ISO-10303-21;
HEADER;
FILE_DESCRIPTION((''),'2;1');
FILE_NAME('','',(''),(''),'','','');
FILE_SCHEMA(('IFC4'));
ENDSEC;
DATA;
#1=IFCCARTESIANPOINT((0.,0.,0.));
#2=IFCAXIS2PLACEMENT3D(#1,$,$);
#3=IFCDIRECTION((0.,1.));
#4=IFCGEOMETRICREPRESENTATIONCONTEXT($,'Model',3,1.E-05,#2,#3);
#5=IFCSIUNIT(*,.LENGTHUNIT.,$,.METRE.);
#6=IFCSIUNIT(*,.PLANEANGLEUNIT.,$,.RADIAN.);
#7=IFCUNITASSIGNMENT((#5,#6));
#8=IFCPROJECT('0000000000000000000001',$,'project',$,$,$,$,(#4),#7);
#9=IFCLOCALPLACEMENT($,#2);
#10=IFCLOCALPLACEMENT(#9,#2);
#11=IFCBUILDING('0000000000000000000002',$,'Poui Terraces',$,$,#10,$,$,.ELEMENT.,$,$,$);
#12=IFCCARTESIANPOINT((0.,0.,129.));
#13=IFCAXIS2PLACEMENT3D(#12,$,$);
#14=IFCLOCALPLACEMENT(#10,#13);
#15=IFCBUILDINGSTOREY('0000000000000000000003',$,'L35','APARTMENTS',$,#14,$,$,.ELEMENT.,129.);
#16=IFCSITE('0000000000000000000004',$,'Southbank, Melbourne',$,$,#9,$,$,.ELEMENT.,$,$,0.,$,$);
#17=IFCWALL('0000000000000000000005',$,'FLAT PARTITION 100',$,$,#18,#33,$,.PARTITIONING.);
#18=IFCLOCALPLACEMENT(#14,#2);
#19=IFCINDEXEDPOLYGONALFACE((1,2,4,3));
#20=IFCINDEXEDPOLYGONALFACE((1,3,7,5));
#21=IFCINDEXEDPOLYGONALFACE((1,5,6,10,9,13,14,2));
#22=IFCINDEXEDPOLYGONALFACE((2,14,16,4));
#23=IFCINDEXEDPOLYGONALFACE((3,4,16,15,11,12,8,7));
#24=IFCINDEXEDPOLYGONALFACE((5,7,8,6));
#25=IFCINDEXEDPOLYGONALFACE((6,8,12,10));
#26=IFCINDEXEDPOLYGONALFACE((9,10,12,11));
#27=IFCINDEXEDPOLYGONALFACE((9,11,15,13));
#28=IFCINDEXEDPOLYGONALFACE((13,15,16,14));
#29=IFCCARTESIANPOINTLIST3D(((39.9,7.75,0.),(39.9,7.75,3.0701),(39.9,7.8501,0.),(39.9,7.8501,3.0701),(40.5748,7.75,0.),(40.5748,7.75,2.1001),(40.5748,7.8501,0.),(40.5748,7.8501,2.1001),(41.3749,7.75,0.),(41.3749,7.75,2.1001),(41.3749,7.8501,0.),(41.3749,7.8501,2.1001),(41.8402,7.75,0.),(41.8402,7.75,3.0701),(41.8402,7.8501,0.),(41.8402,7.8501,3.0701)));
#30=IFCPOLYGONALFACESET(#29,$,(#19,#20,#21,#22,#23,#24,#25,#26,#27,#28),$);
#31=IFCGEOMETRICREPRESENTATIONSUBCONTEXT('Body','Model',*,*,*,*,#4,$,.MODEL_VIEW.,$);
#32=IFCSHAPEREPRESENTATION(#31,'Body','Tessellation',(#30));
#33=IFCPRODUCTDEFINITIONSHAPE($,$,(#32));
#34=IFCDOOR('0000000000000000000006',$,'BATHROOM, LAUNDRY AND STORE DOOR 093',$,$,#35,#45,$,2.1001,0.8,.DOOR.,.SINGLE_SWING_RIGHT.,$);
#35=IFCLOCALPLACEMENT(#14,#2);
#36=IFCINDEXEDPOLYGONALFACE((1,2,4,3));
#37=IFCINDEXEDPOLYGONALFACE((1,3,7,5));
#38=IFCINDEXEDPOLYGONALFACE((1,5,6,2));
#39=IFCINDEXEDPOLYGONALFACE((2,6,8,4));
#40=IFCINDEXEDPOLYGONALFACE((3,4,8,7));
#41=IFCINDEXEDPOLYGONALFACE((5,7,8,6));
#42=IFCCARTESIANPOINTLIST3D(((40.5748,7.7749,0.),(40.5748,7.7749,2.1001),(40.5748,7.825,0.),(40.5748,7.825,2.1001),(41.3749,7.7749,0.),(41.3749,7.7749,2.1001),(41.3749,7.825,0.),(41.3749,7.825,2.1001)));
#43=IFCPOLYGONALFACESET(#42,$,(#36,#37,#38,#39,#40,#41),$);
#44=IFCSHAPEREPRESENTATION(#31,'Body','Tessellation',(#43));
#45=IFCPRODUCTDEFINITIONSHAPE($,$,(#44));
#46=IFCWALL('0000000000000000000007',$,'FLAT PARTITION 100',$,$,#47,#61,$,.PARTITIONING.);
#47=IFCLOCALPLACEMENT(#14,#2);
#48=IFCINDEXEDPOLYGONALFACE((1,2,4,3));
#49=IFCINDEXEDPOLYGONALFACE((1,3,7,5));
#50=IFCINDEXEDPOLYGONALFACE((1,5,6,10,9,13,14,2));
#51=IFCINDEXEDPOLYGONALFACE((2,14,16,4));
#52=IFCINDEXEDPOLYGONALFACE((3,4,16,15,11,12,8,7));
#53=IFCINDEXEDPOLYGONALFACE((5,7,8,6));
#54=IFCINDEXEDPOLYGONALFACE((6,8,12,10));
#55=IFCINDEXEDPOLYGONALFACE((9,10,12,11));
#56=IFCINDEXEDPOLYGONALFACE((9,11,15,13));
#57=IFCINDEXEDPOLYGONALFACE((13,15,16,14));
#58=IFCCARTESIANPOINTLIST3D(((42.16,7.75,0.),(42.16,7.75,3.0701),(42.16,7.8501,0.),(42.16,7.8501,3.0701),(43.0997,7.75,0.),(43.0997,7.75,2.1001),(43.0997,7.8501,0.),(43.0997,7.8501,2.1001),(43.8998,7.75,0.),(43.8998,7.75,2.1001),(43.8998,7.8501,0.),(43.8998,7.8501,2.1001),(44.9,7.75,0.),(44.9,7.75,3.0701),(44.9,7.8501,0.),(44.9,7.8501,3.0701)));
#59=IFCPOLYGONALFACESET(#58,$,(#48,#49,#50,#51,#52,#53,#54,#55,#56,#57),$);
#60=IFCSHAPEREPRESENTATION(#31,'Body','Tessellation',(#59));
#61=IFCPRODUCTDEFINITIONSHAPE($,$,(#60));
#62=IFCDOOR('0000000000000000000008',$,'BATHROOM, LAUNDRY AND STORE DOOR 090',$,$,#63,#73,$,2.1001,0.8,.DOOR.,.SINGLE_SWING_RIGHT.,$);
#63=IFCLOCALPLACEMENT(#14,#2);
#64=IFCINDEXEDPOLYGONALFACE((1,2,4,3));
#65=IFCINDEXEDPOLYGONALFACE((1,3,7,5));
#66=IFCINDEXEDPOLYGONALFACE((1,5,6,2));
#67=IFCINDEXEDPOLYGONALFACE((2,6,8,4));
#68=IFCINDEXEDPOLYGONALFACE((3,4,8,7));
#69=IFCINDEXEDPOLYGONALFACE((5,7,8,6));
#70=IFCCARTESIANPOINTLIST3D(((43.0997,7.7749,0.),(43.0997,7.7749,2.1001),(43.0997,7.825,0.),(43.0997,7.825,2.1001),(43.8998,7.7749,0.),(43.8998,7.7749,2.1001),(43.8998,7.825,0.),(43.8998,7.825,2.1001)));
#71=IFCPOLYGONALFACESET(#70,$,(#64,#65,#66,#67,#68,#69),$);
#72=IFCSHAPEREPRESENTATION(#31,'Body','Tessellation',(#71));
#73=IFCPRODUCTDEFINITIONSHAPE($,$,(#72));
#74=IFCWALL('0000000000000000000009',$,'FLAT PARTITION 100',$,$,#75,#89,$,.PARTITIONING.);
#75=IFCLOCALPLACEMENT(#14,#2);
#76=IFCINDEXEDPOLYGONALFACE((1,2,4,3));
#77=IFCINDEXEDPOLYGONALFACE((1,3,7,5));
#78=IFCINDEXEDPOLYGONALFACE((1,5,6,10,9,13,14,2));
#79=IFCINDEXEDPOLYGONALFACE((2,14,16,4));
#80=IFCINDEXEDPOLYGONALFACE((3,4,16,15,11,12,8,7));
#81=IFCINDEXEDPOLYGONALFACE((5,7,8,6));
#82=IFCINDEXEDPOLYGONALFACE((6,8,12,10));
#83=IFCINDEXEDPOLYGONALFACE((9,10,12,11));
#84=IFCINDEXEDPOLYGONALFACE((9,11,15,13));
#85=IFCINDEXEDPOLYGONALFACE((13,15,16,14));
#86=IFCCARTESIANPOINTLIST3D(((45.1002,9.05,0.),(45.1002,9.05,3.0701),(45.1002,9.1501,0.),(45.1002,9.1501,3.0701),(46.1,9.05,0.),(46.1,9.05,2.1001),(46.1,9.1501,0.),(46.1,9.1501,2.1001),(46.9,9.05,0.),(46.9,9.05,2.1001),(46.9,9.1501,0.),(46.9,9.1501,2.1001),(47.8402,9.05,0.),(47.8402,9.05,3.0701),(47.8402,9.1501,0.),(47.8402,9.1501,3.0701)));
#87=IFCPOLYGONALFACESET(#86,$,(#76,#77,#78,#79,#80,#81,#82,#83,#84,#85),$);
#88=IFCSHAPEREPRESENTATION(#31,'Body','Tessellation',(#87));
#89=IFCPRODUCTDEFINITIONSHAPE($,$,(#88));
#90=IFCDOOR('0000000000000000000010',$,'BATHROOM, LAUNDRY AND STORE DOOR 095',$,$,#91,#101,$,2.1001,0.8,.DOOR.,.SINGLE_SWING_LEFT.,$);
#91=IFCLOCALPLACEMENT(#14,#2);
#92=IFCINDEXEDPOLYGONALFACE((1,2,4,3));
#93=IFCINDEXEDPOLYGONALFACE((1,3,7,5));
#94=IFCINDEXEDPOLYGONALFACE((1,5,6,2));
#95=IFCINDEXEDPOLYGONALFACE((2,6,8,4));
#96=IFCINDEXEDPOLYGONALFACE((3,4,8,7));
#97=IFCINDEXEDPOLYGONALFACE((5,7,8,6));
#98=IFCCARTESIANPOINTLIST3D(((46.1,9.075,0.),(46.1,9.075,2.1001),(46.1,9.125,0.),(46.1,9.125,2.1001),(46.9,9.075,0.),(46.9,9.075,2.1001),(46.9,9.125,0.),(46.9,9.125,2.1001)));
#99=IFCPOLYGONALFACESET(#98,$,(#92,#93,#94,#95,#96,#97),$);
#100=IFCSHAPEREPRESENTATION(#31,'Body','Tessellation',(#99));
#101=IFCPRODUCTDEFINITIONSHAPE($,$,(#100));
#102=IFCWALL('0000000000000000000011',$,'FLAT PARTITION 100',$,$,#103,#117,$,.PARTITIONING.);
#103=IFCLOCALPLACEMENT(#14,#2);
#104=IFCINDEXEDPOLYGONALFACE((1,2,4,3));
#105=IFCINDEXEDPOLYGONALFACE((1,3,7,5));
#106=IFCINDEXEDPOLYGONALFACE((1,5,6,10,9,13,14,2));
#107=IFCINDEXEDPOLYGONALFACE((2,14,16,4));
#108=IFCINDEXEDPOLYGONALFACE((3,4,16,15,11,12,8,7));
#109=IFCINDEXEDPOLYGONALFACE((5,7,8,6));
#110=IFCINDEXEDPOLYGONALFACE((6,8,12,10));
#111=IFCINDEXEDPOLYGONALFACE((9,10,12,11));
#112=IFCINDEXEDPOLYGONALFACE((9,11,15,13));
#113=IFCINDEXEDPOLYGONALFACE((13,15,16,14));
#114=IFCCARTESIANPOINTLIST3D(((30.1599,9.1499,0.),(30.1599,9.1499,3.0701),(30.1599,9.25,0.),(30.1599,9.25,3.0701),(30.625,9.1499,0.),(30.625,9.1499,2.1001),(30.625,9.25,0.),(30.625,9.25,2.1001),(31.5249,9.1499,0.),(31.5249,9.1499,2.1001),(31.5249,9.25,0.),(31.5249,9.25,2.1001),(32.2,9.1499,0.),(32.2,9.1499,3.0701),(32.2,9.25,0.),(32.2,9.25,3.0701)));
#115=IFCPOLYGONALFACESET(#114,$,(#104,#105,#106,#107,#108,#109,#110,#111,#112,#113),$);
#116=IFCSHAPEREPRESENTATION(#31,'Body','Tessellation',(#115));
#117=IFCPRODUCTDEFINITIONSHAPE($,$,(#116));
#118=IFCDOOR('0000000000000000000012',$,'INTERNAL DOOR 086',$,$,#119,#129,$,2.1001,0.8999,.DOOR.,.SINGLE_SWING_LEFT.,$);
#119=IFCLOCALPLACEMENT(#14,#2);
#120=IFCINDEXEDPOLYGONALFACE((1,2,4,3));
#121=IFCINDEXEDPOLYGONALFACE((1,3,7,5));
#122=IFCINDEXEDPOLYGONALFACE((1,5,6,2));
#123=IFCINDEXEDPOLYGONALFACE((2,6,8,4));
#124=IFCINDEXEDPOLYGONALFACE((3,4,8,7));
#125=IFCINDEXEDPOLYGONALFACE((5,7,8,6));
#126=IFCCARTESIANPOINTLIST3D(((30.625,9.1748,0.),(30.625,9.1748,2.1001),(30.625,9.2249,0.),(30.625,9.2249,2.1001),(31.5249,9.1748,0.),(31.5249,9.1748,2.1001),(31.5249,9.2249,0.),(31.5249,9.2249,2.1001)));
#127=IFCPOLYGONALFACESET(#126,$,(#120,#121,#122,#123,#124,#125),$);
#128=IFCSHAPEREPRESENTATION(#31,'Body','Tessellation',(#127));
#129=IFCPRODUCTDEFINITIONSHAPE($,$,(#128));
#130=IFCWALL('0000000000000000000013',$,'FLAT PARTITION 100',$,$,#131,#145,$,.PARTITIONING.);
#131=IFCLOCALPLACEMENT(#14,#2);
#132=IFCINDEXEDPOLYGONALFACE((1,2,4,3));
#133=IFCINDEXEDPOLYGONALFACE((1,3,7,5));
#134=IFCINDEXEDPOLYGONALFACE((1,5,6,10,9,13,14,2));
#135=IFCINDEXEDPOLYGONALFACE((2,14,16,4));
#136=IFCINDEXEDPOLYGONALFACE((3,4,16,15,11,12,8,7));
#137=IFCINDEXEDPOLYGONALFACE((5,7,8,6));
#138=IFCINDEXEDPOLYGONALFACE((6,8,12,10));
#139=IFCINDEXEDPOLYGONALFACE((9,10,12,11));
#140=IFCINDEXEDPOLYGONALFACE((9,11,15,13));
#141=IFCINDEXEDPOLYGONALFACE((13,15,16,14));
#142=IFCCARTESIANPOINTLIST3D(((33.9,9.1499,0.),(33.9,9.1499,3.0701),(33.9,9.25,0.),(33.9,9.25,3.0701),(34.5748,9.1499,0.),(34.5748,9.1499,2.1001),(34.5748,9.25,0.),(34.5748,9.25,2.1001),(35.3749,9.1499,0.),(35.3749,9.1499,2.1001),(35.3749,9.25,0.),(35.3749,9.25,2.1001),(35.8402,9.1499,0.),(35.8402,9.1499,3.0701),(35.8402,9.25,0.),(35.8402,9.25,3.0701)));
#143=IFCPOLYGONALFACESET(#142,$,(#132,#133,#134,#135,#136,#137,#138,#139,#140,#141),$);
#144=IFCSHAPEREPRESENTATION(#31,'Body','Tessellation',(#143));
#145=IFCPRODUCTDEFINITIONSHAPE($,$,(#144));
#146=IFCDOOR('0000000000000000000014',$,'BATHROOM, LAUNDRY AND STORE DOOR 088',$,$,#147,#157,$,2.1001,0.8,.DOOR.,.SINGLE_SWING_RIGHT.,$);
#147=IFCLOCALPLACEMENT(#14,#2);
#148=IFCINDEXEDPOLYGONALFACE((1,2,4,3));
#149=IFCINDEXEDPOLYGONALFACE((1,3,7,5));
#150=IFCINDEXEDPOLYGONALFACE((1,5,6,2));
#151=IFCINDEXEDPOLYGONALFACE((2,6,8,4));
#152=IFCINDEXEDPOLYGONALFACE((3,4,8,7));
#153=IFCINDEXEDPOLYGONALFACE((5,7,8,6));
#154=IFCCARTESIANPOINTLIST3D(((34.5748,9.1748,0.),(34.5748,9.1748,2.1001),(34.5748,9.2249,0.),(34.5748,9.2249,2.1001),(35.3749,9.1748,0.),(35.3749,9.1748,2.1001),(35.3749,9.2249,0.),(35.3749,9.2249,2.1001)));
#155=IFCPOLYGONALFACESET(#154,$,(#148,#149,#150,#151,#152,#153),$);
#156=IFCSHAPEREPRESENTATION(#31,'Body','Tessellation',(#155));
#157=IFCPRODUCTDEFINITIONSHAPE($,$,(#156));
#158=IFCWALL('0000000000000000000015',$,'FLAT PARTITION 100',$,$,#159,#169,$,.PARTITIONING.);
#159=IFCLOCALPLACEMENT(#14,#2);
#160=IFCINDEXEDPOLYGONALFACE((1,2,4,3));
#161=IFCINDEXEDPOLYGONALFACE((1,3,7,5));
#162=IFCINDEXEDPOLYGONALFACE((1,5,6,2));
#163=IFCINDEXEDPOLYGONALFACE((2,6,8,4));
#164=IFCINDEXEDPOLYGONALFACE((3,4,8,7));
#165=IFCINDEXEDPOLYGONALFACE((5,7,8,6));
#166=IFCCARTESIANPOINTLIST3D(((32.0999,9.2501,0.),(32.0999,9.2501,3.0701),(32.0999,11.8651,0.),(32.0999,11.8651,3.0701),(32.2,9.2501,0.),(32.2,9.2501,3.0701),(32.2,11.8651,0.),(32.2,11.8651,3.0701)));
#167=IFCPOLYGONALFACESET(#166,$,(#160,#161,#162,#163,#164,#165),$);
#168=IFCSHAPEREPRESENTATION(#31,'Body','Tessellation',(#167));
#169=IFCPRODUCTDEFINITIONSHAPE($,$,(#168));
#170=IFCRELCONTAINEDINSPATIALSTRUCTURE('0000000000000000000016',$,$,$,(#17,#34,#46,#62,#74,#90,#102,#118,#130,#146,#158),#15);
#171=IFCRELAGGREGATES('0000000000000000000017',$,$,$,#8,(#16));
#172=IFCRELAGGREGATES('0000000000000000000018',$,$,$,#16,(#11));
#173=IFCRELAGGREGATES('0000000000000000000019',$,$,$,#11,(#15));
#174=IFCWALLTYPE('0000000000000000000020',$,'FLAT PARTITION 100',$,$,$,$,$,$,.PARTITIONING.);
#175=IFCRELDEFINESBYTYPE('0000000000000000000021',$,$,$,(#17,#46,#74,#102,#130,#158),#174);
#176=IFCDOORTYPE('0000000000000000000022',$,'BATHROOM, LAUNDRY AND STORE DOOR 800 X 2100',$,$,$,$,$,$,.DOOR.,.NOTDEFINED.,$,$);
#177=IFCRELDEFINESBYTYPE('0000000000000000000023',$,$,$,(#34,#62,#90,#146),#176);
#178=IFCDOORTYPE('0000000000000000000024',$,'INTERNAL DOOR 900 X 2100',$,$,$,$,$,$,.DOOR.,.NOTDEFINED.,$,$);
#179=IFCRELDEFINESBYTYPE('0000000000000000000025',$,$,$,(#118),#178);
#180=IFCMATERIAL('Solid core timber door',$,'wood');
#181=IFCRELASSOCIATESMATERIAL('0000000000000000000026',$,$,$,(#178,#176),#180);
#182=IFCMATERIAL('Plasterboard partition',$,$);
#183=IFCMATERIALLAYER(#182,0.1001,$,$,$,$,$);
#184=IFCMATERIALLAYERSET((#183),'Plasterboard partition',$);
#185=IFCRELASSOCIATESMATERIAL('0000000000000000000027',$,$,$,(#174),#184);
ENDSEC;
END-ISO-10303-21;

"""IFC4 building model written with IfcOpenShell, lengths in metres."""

from ifc_helpers import new_model, si_unit, direction, frame, frame_2d, origin, place, context, subcontext, project, spatial, rectangle, extrude, material, layer, layer_set, type_object, element, fill, save


model = new_model("IFC4")

# Units and contexts
model_context = context("Model", 3, precision=1e-05, world=origin(), true_north=direction((0.0, 1.0)))
body_context = subcontext(model_context, "Body", "Model", "MODEL_VIEW")
ifc_project = project(units=[si_unit("LENGTHUNIT", "METRE"), si_unit("PLANEANGLEUNIT", "RADIAN")], contexts=[model_context])

# Site, building, storey
site_placement = place(None, origin())
site = spatial("IfcSite", under=ifc_project, at=site_placement, Name="Southbank, Melbourne", CompositionType="ELEMENT", RefElevation=0.0)
building_placement = place(site_placement, origin())
building = spatial("IfcBuilding", under=site, at=building_placement, Name="Poui Terraces", CompositionType="ELEMENT")
storey_placement = place(building_placement, frame((0.0, 0.0, 129.0)))
storey = spatial("IfcBuildingStorey", under=building, at=storey_placement, Name="L35", Description="APARTMENTS", CompositionType="ELEMENT", Elevation=129.0)

# Shared definitions
ifc_material_1 = material(Name="Solid core timber door", Category="wood")
door_type_1 = type_object("IfcDoorType", Name="INTERNAL DOOR 900 X 2100", OperationType="NOTDEFINED", PredefinedType="DOOR", material=ifc_material_1)

# Walls, openings, doors
ifc_material_2 = material(Name="Plasterboard partition")
ifc_layer_1 = layer(ifc_material_2, 0.1001)
ifc_layer_set_1 = layer_set([ifc_layer_1], Name="Plasterboard partition")
wall_type_1 = type_object("IfcWallType", Name="FLAT PARTITION 100", PredefinedType="PARTITIONING", material=ifc_layer_set_1)
wall_1_placement = place(storey_placement, frame((39.8999, 7.8, 0.0), z_axis=(0.0, 0.0, 1.0), x_axis=(1.0, 0.0, 0.0)))
wall_1 = element("IfcWall", 1, at=wall_1_placement, inside=storey, type_object=wall_type_1, Name="FLAT PARTITION 100", PredefinedType="PARTITIONING", context=body_context, shape_type="SweptSolid", body=[
    extrude(rectangle(XDim=1.9402, YDim=0.1001, at=frame_2d((0.9702, 0.0))), origin(), (0.0, 0.0, 1.0), 3.0701),
])
opening_1_placement = place(wall_1_placement, frame((0.675, 0.0, 0.0)))
opening_1 = element("IfcOpeningElement", 2, at=opening_1_placement, cuts=wall_1, PredefinedType="OPENING", context=body_context, shape_type="SweptSolid", body=[
    extrude(rectangle(XDim=0.8, YDim=2.1001, at=frame_2d((0.3999, 1.05))), frame((0.0, 0.0601, 0.0), z_axis=(0.0, -1.0, 0.0), x_axis=(1.0, 0.0, 0.0)), (0.0, 0.0, 1.0), 0.1201),
])
door_type_2 = type_object("IfcDoorType", Name="BATHROOM, LAUNDRY AND STORE DOOR 800 X 2100", OperationType="NOTDEFINED", PredefinedType="DOOR", material=ifc_material_1)
door_1_placement = place(opening_1_placement, origin())
door_1 = element("IfcDoor", 3, at=door_1_placement, inside=storey, type_object=door_type_2, Name="BATHROOM, LAUNDRY AND STORE DOOR 093", OperationType="SINGLE_SWING_RIGHT", OverallHeight=2.1001, OverallWidth=0.8, PredefinedType="DOOR", context=body_context, shape_type="SweptSolid", body=[
    extrude(rectangle(XDim=0.8, YDim=2.1001, at=frame_2d((0.3999, 1.05))), frame((0.0, 0.0249, 0.0), z_axis=(0.0, -1.0, 0.0), x_axis=(1.0, 0.0, 0.0)), (0.0, 0.0, 1.0), 0.05),
])
fill(opening_1, door_1)
wall_2_placement = place(storey_placement, frame((42.1599, 7.8, 0.0), z_axis=(0.0, 0.0, 1.0), x_axis=(1.0, 0.0, 0.0)))
wall_2 = element("IfcWall", 4, at=wall_2_placement, inside=storey, type_object=wall_type_1, Name="FLAT PARTITION 100", PredefinedType="PARTITIONING", context=body_context, shape_type="SweptSolid", body=[
    extrude(rectangle(XDim=2.74, YDim=0.1001, at=frame_2d((1.3701, 0.0))), origin(), (0.0, 0.0, 1.0), 3.0701),
])
opening_2_placement = place(wall_2_placement, frame((0.9399, 0.0, 0.0)))
opening_2 = element("IfcOpeningElement", 5, at=opening_2_placement, cuts=wall_2, PredefinedType="OPENING", context=body_context, shape_type="SweptSolid", body=[
    extrude(rectangle(XDim=0.8, YDim=2.1001, at=frame_2d((0.3999, 1.05))), frame((0.0, 0.0601, 0.0), z_axis=(0.0, -1.0, 0.0), x_axis=(1.0, 0.0, 0.0)), (0.0, 0.0, 1.0), 0.1201),
])
door_2_placement = place(opening_2_placement, origin())
door_2 = element("IfcDoor", 6, at=door_2_placement, inside=storey, type_object=door_type_2, Name="BATHROOM, LAUNDRY AND STORE DOOR 090", OperationType="SINGLE_SWING_RIGHT", OverallHeight=2.1001, OverallWidth=0.8, PredefinedType="DOOR", context=body_context, shape_type="SweptSolid", body=[
    extrude(rectangle(XDim=0.8, YDim=2.1001, at=frame_2d((0.3999, 1.05))), frame((0.0, 0.0249, 0.0), z_axis=(0.0, -1.0, 0.0), x_axis=(1.0, 0.0, 0.0)), (0.0, 0.0, 1.0), 0.05),
])
fill(opening_2, door_2)
wall_3_placement = place(storey_placement, frame((45.1001, 9.1001, 0.0), z_axis=(0.0, 0.0, 1.0), x_axis=(1.0, 0.0, 0.0)))
wall_3 = element("IfcWall", 7, at=wall_3_placement, inside=storey, type_object=wall_type_1, Name="FLAT PARTITION 100", PredefinedType="PARTITIONING", context=body_context, shape_type="SweptSolid", body=[
    extrude(rectangle(XDim=2.74, YDim=0.1001, at=frame_2d((1.3701, 0.0))), origin(), (0.0, 0.0, 1.0), 3.0701),
])
opening_3_placement = place(wall_3_placement, frame((1.0, 0.0, 0.0)))
opening_3 = element("IfcOpeningElement", 8, at=opening_3_placement, cuts=wall_3, PredefinedType="OPENING", context=body_context, shape_type="SweptSolid", body=[
    extrude(rectangle(XDim=0.8, YDim=2.1001, at=frame_2d((0.3999, 1.05))), frame((0.0, 0.0601, 0.0), z_axis=(0.0, -1.0, 0.0), x_axis=(1.0, 0.0, 0.0)), (0.0, 0.0, 1.0), 0.1201),
])
door_3_placement = place(opening_3_placement, origin())
door_3 = element("IfcDoor", 9, at=door_3_placement, inside=storey, type_object=door_type_2, Name="BATHROOM, LAUNDRY AND STORE DOOR 095", OperationType="SINGLE_SWING_LEFT", OverallHeight=2.1001, OverallWidth=0.8, PredefinedType="DOOR", context=body_context, shape_type="SweptSolid", body=[
    extrude(rectangle(XDim=0.8, YDim=2.1001, at=frame_2d((0.3999, 1.05))), frame((0.0, 0.0249, 0.0), z_axis=(0.0, -1.0, 0.0), x_axis=(1.0, 0.0, 0.0)), (0.0, 0.0, 1.0), 0.05),
])
fill(opening_3, door_3)
wall_4_placement = place(storey_placement, frame((30.1599, 9.2, 0.0), z_axis=(0.0, 0.0, 1.0), x_axis=(1.0, 0.0, 0.0)))
wall_4 = element("IfcWall", 10, at=wall_4_placement, inside=storey, type_object=wall_type_1, Name="FLAT PARTITION 100", PredefinedType="PARTITIONING", context=body_context, shape_type="SweptSolid", body=[
    extrude(rectangle(XDim=2.04, YDim=0.1001, at=frame_2d((1.02, 0.0))), origin(), (0.0, 0.0, 1.0), 3.0701),
])
opening_4_placement = place(wall_4_placement, frame((0.4651, 0.0, 0.0)))
opening_4 = element("IfcOpeningElement", 11, at=opening_4_placement, cuts=wall_4, PredefinedType="OPENING", context=body_context, shape_type="SweptSolid", body=[
    extrude(rectangle(XDim=0.8999, YDim=2.1001, at=frame_2d((0.45, 1.05))), frame((0.0, 0.0601, 0.0), z_axis=(0.0, -1.0, 0.0), x_axis=(1.0, 0.0, 0.0)), (0.0, 0.0, 1.0), 0.1201),
])
door_4_placement = place(opening_4_placement, origin())
door_4 = element("IfcDoor", 12, at=door_4_placement, inside=storey, type_object=door_type_1, Name="INTERNAL DOOR 086", OperationType="SINGLE_SWING_LEFT", OverallHeight=2.1001, OverallWidth=0.8999, PredefinedType="DOOR", context=body_context, shape_type="SweptSolid", body=[
    extrude(rectangle(XDim=0.8999, YDim=2.1001, at=frame_2d((0.45, 1.05))), frame((0.0, 0.0249, 0.0), z_axis=(0.0, -1.0, 0.0), x_axis=(1.0, 0.0, 0.0)), (0.0, 0.0, 1.0), 0.05),
])
fill(opening_4, door_4)
wall_5_placement = place(storey_placement, frame((33.8999, 9.2, 0.0), z_axis=(0.0, 0.0, 1.0), x_axis=(1.0, 0.0, 0.0)))
wall_5 = element("IfcWall", 13, at=wall_5_placement, inside=storey, type_object=wall_type_1, Name="FLAT PARTITION 100", PredefinedType="PARTITIONING", context=body_context, shape_type="SweptSolid", body=[
    extrude(rectangle(XDim=1.9402, YDim=0.1001, at=frame_2d((0.9702, 0.0))), origin(), (0.0, 0.0, 1.0), 3.0701),
])
opening_5_placement = place(wall_5_placement, frame((0.675, 0.0, 0.0)))
opening_5 = element("IfcOpeningElement", 14, at=opening_5_placement, cuts=wall_5, PredefinedType="OPENING", context=body_context, shape_type="SweptSolid", body=[
    extrude(rectangle(XDim=0.8, YDim=2.1001, at=frame_2d((0.3999, 1.05))), frame((0.0, 0.0601, 0.0), z_axis=(0.0, -1.0, 0.0), x_axis=(1.0, 0.0, 0.0)), (0.0, 0.0, 1.0), 0.1201),
])
door_5_placement = place(opening_5_placement, origin())
door_5 = element("IfcDoor", 15, at=door_5_placement, inside=storey, type_object=door_type_2, Name="BATHROOM, LAUNDRY AND STORE DOOR 088", OperationType="SINGLE_SWING_RIGHT", OverallHeight=2.1001, OverallWidth=0.8, PredefinedType="DOOR", context=body_context, shape_type="SweptSolid", body=[
    extrude(rectangle(XDim=0.8, YDim=2.1001, at=frame_2d((0.3999, 1.05))), frame((0.0, 0.0249, 0.0), z_axis=(0.0, -1.0, 0.0), x_axis=(1.0, 0.0, 0.0)), (0.0, 0.0, 1.0), 0.05),
])
fill(opening_5, door_5)

# Wall
wall_6_placement = place(storey_placement, frame((32.1499, 9.25, 0.0), z_axis=(0.0, 0.0, 1.0), x_axis=(0.0, 1.0, 0.0)))
element("IfcWall", 16, at=wall_6_placement, inside=storey, type_object=wall_type_1, Name="FLAT PARTITION 100", PredefinedType="PARTITIONING", context=body_context, shape_type="SweptSolid", body=[
    extrude(rectangle(XDim=2.615, YDim=0.1001, at=frame_2d((1.3076, 0.0))), origin(), (0.0, 0.0, 1.0), 3.0701),
])

save(model, "model.ifc")
